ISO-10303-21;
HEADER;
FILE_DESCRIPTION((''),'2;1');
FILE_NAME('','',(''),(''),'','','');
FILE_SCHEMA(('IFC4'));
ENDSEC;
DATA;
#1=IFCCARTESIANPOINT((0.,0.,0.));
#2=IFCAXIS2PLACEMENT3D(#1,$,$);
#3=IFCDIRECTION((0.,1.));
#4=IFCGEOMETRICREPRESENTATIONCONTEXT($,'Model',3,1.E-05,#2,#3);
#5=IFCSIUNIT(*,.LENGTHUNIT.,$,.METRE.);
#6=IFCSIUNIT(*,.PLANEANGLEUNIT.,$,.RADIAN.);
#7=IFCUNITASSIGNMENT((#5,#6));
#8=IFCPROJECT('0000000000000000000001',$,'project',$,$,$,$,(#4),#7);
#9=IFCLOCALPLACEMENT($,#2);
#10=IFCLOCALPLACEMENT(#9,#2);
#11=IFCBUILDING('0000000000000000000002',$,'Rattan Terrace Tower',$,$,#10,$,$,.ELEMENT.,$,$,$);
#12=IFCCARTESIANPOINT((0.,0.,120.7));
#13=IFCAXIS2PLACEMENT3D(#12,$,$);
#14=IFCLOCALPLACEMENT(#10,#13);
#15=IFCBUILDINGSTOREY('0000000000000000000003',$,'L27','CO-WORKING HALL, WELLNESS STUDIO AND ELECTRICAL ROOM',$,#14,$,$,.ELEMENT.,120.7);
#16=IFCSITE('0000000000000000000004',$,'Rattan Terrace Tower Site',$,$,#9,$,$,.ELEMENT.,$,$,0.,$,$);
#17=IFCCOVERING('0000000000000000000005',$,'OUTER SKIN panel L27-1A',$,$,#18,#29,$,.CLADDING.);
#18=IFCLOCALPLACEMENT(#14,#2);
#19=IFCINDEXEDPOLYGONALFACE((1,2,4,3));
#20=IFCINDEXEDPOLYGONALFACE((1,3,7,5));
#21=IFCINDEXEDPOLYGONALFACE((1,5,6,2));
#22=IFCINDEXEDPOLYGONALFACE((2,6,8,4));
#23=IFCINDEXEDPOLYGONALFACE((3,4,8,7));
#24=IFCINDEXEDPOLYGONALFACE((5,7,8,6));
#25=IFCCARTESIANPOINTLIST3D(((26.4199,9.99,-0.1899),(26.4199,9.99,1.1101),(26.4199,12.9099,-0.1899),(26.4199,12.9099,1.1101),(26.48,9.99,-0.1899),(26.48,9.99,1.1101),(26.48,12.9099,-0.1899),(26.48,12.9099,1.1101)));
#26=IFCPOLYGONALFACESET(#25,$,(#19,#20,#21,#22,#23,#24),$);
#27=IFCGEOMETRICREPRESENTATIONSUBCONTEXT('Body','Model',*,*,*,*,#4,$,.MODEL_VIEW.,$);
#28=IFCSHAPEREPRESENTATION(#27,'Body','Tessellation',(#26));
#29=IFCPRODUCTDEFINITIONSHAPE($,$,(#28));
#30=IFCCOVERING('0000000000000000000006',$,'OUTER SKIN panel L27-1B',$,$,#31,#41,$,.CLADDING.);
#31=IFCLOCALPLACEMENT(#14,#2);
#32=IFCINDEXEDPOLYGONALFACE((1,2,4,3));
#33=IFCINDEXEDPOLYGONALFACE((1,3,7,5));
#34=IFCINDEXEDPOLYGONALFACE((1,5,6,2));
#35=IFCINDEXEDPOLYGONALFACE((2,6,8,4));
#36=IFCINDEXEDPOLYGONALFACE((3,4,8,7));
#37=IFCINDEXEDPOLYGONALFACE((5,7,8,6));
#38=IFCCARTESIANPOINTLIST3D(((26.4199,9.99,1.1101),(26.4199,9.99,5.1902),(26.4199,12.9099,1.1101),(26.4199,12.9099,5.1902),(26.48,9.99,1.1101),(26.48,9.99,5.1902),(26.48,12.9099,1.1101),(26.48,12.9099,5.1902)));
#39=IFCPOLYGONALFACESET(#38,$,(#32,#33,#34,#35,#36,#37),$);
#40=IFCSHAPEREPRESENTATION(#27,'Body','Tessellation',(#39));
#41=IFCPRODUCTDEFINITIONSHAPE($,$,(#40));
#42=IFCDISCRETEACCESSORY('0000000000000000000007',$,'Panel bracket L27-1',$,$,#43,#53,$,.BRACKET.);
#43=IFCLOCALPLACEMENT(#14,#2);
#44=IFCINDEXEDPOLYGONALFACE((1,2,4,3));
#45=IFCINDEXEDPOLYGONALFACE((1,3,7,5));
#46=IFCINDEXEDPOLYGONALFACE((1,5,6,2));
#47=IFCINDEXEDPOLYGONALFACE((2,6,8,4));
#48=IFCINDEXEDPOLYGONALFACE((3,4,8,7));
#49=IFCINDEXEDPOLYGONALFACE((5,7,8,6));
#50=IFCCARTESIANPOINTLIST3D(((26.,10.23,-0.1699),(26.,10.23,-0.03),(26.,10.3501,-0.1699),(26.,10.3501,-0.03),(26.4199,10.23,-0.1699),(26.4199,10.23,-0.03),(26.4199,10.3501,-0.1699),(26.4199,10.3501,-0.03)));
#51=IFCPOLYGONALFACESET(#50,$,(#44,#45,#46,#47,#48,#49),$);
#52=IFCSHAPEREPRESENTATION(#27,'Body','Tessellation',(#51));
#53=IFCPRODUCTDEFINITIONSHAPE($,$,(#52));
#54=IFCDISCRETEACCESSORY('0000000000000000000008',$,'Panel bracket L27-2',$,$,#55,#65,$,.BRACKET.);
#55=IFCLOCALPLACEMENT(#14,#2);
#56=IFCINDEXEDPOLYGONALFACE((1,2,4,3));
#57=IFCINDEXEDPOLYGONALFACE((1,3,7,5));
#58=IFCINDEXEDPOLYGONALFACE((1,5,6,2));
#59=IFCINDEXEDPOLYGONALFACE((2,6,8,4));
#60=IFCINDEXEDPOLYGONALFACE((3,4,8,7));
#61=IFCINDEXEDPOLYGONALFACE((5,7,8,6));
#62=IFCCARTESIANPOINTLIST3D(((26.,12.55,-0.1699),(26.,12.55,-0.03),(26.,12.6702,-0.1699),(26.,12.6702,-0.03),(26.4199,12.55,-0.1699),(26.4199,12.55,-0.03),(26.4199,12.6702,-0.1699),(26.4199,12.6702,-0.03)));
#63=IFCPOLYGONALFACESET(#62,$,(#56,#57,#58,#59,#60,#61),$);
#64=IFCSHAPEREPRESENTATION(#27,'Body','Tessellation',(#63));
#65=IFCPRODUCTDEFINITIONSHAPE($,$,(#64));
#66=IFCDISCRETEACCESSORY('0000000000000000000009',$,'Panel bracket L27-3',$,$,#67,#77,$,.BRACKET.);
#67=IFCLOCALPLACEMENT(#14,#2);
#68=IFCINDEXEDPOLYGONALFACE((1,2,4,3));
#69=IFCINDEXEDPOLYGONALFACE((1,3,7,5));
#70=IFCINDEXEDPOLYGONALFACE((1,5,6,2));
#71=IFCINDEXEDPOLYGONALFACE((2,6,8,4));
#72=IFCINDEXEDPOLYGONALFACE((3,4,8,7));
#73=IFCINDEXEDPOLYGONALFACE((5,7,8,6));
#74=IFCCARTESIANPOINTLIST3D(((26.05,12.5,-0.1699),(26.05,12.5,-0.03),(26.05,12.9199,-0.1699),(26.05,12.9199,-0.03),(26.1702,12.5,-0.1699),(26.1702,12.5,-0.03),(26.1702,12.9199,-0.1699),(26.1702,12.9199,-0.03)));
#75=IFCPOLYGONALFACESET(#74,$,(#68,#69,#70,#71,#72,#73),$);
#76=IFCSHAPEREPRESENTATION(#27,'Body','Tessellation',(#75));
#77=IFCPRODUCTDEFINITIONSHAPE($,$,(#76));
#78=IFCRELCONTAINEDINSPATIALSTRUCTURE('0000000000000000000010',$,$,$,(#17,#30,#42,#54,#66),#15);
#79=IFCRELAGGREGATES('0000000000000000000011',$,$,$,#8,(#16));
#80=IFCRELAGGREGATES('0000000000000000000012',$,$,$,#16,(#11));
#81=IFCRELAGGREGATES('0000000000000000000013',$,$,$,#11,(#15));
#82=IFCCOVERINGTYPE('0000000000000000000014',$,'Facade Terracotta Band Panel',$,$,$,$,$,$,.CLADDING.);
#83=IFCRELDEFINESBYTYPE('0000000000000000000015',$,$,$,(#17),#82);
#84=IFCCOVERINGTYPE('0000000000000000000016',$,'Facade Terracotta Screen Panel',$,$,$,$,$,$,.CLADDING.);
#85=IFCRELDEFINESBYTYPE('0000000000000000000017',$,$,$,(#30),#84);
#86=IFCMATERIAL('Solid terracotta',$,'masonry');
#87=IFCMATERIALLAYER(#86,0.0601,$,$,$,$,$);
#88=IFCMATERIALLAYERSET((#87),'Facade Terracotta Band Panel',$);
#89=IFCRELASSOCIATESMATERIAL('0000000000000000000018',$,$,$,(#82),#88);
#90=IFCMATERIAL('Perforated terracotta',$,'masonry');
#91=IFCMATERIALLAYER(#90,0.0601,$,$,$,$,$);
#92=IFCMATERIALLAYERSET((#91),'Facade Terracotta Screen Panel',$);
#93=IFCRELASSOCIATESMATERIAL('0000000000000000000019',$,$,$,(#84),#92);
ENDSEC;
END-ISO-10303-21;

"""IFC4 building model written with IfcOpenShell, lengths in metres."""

from ifc_helpers import new_model, si_unit, direction, frame, origin, origin_2d, place, context, subcontext, project, spatial, rectangle, extrude, material, layer, layer_set, type_object, element, save


model = new_model("IFC4")

# Units and contexts
model_context = context("Model", 3, precision=1e-05, world=origin(), true_north=direction((0.0, 1.0)))
body_context = subcontext(model_context, "Body", "Model", "MODEL_VIEW")
ifc_project = project(units=[si_unit("LENGTHUNIT", "METRE"), si_unit("PLANEANGLEUNIT", "RADIAN")], contexts=[model_context])

# Site, building, storey
site_placement = place(None, origin())
site = spatial("IfcSite", under=ifc_project, at=site_placement, Name="Rattan Terrace Tower Site", CompositionType="ELEMENT", RefElevation=0.0)
building_placement = place(site_placement, origin())
building = spatial("IfcBuilding", under=site, at=building_placement, Name="Rattan Terrace Tower", CompositionType="ELEMENT")
storey_placement = place(building_placement, frame((0.0, 0.0, 120.7)))
storey = spatial("IfcBuildingStorey", under=building, at=storey_placement, Name="L27", Description="CO-WORKING HALL, WELLNESS STUDIO AND ELECTRICAL ROOM", CompositionType="ELEMENT", Elevation=120.7)

# Coverings
ifc_material_1 = material(Name="Solid terracotta", Category="masonry")
ifc_layer_1 = layer(ifc_material_1, 0.0601)
ifc_layer_set_1 = layer_set([ifc_layer_1], Name="Facade Terracotta Band Panel")
covering_type_1 = type_object("IfcCoveringType", Name="Facade Terracotta Band Panel", PredefinedType="CLADDING", material=ifc_layer_set_1)
covering_1_placement = place(storey_placement, frame((26.45, 11.45, -0.1899), z_axis=(0.0, 0.0, 1.0), x_axis=(0.0, 1.0, 0.0)))
element("IfcCovering", 1, at=covering_1_placement, inside=storey, type_object=covering_type_1, Name="OUTER SKIN panel L27-1A", PredefinedType="CLADDING", context=body_context, shape_type="SweptSolid", body=[
    extrude(rectangle(XDim=2.9199, YDim=0.0601, at=origin_2d()), origin(), (0.0, 0.0, 1.0), 1.3),
])
ifc_material_2 = material(Name="Perforated terracotta", Category="masonry")
ifc_layer_2 = layer(ifc_material_2, 0.0601)
ifc_layer_set_2 = layer_set([ifc_layer_2], Name="Facade Terracotta Screen Panel")
covering_type_2 = type_object("IfcCoveringType", Name="Facade Terracotta Screen Panel", PredefinedType="CLADDING", material=ifc_layer_set_2)
covering_2_placement = place(storey_placement, frame((26.45, 11.45, 1.1101), z_axis=(0.0, 0.0, 1.0), x_axis=(0.0, 1.0, 0.0)))
element("IfcCovering", 2, at=covering_2_placement, inside=storey, type_object=covering_type_2, Name="OUTER SKIN panel L27-1B", PredefinedType="CLADDING", context=body_context, shape_type="SweptSolid", body=[
    extrude(rectangle(XDim=2.9199, YDim=0.0601, at=origin_2d()), origin(), (0.0, 0.0, 1.0), 4.0801),
])

# Discrete accessories
for number, where, z_axis, x_axis, name in (
    (3, (26.21, 10.29, -0.1699), (0.0, 0.0, 1.0), (0.0, 1.0, 0.0), "Panel bracket L27-1"),
    (4, (26.21, 12.6101, -0.1699), (0.0, 0.0, 1.0), (0.0, 1.0, 0.0), "Panel bracket L27-2"),
    (5, (26.1101, 12.71, -0.1699), (0.0, 0.0, 1.0), (-1.0, 0.0, 0.0), "Panel bracket L27-3"),
):
    element("IfcDiscreteAccessory", number, at=place(storey_placement, frame(where, z_axis=z_axis, x_axis=x_axis)), inside=storey, Name=name, PredefinedType="BRACKET", context=body_context, shape_type="SweptSolid", body=[
        extrude(rectangle(XDim=0.1201, YDim=0.4199, at=origin_2d()), origin(), (0.0, 0.0, 1.0), 0.1399),
    ])

save(model, "model.ifc")
